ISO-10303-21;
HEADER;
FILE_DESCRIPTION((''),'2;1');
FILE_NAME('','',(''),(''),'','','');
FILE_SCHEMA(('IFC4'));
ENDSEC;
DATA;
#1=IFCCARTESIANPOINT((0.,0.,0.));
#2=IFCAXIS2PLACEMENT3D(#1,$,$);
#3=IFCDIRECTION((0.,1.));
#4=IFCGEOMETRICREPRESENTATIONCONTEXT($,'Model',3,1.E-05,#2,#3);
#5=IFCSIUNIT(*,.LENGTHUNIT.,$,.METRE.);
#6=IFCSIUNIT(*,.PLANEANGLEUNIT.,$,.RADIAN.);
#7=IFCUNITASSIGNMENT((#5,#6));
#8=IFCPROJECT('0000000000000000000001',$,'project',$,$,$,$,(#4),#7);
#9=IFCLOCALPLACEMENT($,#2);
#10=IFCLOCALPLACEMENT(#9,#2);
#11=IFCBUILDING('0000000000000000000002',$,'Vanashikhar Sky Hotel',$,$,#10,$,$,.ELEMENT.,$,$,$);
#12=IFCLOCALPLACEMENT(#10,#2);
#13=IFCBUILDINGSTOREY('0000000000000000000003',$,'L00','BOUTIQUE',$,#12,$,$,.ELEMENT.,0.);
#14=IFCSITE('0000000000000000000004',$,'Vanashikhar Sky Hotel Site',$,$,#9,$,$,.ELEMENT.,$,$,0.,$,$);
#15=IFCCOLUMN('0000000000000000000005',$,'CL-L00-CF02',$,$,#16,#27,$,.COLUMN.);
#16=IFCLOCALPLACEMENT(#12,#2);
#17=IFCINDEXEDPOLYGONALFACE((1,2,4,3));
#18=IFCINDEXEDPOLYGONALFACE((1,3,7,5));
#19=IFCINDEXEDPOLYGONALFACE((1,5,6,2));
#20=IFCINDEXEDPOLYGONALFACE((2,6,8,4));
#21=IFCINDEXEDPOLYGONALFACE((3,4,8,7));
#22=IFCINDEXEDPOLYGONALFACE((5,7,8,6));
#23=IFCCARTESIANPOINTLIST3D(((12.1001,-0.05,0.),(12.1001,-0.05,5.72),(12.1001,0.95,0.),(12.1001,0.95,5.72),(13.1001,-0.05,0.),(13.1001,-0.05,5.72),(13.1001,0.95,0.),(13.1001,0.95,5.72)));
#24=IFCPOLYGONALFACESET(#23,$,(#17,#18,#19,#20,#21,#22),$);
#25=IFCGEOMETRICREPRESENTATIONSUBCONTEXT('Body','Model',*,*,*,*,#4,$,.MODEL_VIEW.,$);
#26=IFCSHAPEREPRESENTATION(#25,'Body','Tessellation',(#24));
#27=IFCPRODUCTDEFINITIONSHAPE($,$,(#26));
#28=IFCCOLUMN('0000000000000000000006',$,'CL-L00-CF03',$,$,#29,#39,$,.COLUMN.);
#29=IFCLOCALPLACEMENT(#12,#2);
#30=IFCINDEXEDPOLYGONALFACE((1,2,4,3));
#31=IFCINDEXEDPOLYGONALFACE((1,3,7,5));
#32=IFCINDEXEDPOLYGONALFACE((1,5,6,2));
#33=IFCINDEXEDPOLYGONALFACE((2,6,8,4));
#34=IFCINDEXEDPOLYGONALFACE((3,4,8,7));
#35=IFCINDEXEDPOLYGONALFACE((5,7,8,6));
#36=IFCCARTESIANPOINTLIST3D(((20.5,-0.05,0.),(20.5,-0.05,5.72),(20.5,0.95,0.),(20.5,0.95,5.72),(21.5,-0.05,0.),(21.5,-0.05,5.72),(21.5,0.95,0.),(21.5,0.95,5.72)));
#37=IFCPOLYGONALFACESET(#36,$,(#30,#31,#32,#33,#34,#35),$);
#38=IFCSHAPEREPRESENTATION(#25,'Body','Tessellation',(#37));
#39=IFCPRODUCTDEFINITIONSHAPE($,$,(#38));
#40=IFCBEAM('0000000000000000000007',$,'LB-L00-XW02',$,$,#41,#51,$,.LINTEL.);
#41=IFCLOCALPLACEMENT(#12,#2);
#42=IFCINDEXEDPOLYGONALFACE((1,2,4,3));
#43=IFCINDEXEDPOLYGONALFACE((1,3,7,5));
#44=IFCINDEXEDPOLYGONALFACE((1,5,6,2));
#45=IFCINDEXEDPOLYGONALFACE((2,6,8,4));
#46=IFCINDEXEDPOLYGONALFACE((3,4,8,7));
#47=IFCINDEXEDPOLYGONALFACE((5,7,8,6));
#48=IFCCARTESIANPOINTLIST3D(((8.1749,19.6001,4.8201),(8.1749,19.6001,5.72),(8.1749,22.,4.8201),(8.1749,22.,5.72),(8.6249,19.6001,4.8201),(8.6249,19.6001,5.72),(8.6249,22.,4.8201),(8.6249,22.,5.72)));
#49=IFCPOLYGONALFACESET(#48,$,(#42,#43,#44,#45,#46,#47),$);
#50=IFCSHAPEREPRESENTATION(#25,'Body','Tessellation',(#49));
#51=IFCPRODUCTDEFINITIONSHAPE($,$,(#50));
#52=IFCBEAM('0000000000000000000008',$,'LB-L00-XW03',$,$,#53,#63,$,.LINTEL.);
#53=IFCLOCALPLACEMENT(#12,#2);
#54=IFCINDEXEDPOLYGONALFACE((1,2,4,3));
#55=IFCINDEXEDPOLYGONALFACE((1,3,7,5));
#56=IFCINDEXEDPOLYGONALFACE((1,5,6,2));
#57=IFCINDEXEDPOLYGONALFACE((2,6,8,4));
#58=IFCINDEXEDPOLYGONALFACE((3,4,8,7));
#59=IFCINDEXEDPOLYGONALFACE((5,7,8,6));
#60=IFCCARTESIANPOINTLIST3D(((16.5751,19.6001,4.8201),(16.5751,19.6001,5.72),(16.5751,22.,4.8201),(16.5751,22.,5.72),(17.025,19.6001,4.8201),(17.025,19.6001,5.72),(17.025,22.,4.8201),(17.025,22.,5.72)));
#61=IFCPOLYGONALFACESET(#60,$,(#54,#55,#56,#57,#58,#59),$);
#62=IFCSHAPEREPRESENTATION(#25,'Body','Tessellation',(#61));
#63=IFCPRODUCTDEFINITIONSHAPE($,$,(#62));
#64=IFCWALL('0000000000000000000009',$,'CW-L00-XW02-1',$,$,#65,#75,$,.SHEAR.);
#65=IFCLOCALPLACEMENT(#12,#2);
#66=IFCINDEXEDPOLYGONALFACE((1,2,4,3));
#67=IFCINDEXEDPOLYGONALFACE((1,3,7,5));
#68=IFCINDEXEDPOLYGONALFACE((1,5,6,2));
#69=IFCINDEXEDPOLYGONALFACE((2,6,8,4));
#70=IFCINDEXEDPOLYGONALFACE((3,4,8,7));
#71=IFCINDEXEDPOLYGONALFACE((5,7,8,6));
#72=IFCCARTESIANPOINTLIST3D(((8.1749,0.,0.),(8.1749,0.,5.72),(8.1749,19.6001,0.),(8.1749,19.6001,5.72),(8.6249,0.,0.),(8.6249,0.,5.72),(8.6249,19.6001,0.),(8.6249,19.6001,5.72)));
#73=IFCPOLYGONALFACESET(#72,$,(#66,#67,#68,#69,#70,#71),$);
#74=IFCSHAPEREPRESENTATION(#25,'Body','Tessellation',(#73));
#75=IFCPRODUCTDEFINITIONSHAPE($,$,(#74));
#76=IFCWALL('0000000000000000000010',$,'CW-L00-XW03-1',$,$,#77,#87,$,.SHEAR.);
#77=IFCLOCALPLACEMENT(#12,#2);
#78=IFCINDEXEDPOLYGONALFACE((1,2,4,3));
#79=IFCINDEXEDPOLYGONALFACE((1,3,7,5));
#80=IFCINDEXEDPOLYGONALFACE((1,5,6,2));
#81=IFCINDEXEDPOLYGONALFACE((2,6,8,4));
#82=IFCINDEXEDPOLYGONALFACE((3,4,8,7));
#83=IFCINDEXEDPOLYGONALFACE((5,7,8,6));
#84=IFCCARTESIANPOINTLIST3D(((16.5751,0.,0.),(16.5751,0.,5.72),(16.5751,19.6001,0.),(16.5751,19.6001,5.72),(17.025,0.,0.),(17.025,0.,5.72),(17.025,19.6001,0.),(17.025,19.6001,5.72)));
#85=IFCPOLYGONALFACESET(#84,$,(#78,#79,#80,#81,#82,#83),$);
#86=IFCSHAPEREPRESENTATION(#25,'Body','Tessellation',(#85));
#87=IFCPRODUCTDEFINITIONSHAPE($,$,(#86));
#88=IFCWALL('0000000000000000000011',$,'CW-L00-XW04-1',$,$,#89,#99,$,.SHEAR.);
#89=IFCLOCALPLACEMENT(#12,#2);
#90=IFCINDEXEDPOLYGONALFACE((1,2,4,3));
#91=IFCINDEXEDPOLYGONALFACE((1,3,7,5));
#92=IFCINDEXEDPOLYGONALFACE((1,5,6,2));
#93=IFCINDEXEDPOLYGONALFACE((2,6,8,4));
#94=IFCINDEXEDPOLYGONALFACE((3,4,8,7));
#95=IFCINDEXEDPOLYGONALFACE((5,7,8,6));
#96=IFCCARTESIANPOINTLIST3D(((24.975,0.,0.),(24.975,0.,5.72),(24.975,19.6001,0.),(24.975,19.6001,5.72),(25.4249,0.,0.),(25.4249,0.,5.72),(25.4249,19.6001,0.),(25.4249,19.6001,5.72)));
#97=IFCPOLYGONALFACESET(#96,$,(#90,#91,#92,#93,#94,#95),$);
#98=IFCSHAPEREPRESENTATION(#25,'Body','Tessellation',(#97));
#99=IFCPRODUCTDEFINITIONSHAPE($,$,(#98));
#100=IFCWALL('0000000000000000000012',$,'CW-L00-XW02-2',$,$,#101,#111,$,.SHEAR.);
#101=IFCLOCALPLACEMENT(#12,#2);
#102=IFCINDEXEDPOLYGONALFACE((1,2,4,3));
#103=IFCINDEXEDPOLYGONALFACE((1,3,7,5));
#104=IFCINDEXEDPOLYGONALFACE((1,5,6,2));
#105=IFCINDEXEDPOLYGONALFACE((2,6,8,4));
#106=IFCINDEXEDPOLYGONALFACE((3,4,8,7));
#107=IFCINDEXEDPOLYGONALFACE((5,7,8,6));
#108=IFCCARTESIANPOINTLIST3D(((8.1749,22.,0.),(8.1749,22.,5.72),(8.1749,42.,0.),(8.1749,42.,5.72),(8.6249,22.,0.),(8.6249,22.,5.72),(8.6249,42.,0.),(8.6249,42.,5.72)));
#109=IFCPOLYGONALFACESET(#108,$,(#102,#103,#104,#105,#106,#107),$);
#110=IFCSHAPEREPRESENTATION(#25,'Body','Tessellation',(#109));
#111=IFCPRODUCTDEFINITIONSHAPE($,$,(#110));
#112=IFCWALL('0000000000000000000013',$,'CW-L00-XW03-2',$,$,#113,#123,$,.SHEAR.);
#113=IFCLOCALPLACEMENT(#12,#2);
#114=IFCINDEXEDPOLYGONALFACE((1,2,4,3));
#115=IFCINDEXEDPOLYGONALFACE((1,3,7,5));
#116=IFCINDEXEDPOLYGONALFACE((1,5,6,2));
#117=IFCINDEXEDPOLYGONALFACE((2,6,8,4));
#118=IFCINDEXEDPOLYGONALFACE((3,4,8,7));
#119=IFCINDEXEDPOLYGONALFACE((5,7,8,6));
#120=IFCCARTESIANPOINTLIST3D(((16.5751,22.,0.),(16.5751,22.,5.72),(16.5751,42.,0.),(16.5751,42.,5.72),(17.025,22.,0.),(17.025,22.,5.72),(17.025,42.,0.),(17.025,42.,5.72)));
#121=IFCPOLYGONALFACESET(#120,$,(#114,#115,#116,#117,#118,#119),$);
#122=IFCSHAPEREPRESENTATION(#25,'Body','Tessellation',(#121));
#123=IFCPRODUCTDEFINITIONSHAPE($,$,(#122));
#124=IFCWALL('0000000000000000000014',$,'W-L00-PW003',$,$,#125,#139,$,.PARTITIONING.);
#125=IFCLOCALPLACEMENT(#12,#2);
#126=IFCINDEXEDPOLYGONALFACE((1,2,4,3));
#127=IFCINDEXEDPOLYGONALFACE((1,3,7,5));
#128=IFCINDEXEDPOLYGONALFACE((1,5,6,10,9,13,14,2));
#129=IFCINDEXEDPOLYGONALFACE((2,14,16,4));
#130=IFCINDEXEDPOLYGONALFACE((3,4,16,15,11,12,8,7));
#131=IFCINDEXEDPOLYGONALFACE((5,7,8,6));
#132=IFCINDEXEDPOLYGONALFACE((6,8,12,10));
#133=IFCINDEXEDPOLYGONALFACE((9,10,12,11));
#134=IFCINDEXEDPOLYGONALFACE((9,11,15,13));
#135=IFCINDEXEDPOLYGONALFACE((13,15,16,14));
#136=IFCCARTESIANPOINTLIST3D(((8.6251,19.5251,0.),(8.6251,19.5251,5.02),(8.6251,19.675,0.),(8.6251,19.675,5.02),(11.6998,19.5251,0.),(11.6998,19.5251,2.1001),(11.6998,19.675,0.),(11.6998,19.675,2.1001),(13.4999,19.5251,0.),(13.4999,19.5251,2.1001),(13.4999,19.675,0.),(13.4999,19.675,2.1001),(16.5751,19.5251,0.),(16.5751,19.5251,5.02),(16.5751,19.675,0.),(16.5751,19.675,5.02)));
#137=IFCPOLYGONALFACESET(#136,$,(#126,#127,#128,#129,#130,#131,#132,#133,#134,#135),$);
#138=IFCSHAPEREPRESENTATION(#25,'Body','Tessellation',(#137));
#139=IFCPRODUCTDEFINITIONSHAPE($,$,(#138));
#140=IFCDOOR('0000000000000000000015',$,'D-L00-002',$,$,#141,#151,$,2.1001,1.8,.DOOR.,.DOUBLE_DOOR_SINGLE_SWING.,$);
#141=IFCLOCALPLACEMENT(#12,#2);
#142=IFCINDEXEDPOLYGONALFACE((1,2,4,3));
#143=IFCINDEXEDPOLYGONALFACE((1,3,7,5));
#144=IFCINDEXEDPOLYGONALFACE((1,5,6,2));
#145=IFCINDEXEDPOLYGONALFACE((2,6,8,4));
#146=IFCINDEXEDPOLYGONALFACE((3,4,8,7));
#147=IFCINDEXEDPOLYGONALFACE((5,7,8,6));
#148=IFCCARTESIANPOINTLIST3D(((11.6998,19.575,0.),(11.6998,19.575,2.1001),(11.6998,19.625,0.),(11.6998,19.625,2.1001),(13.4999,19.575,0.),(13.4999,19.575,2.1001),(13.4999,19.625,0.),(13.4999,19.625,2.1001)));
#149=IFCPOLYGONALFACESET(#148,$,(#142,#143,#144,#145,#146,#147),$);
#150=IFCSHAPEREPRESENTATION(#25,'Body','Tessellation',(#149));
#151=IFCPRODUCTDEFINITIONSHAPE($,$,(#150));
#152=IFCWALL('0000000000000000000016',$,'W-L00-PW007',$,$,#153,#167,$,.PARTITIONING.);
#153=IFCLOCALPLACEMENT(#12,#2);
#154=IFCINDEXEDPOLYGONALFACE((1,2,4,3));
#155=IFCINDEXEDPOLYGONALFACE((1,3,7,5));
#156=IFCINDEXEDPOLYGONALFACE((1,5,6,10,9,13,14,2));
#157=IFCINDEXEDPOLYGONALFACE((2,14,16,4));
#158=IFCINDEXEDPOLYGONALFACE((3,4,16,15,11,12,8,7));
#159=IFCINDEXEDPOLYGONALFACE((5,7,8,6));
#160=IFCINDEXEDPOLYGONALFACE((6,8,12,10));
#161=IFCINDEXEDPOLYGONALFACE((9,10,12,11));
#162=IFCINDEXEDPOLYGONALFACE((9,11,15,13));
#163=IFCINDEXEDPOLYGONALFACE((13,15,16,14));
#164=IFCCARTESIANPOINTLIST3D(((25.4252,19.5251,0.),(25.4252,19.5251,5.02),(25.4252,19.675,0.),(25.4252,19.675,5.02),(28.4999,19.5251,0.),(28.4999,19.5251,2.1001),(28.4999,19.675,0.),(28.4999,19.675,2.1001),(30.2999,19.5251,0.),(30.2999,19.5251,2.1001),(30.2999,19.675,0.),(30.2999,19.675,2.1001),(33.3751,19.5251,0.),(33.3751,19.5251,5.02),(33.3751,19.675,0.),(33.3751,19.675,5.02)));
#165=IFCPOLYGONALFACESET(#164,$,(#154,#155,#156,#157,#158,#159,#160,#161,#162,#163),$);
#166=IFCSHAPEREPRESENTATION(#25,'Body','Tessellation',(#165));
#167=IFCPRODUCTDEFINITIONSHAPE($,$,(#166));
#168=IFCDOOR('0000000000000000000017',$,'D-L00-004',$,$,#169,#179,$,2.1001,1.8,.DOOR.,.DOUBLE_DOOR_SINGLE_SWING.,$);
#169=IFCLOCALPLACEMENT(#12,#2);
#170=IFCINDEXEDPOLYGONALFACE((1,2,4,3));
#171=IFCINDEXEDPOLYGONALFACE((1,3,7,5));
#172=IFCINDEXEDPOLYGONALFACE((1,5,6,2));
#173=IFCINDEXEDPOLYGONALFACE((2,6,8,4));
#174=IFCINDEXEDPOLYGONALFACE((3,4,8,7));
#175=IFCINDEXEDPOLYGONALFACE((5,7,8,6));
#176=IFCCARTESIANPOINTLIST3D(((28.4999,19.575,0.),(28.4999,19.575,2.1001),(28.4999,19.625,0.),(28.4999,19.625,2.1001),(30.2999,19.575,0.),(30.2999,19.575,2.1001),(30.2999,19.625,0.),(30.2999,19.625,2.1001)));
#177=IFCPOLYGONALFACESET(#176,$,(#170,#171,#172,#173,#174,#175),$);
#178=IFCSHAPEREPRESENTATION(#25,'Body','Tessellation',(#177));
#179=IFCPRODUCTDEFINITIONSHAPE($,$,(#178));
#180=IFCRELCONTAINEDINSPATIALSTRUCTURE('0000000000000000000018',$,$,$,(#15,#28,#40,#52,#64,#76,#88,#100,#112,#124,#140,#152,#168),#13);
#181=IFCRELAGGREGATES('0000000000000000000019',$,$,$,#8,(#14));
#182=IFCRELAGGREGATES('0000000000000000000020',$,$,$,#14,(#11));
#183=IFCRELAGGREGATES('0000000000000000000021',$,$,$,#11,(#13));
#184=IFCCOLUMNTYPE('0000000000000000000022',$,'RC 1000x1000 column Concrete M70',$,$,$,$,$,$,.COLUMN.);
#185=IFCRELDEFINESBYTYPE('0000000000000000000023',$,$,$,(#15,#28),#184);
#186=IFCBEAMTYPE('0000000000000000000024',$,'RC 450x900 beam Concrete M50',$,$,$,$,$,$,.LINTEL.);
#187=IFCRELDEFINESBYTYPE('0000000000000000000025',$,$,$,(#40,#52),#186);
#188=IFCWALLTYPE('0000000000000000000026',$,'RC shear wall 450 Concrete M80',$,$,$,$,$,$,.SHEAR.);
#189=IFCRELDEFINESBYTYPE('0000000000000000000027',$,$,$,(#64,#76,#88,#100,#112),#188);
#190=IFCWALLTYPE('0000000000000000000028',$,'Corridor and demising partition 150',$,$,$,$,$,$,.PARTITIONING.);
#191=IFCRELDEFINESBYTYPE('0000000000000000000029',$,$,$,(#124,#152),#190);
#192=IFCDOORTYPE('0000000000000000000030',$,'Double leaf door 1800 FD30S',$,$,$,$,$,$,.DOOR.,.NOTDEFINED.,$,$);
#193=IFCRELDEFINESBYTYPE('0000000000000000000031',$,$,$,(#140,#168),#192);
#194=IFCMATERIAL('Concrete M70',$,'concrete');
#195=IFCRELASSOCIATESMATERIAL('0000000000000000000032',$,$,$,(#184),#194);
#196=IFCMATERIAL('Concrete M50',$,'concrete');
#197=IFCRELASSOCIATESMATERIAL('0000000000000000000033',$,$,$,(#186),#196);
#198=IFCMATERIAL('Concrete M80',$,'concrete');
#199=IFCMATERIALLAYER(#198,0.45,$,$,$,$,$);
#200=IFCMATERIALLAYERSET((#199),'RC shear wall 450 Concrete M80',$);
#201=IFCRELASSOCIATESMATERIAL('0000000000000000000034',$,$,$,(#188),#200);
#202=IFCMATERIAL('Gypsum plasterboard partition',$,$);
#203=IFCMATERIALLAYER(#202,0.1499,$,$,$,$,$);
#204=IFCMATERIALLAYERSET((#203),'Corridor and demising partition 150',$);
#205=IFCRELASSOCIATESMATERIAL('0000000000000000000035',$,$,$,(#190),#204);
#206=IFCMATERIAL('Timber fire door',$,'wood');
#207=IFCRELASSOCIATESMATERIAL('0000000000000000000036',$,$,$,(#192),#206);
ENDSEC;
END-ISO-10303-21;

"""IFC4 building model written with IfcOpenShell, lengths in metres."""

from ifc_helpers import new_model, si_unit, direction, frame, frame_2d, origin, origin_2d, place, context, subcontext, project, spatial, rectangle, extrude, source, transform, mapped, material, layer, layer_set, material_profile, profile_set, type_object, element, fill, save


model = new_model("IFC4")

# Units and contexts
model_context = context("Model", 3, precision=1e-05, world=origin(), true_north=direction((0.0, 1.0)))
body_context = subcontext(model_context, "Body", "Model", "MODEL_VIEW")
ifc_project = project(units=[si_unit("LENGTHUNIT", "METRE"), si_unit("PLANEANGLEUNIT", "RADIAN")], contexts=[model_context])

# Site, building, storey
site_placement = place(None, origin())
site = spatial("IfcSite", under=ifc_project, at=site_placement, Name="Vanashikhar Sky Hotel Site", CompositionType="ELEMENT", RefElevation=0.0)
building_placement = place(site_placement, origin())
building = spatial("IfcBuilding", under=site, at=building_placement, Name="Vanashikhar Sky Hotel", CompositionType="ELEMENT")
storey_placement = place(building_placement, origin())
storey = spatial("IfcBuildingStorey", under=building, at=storey_placement, Name="L00", Description="BOUTIQUE", CompositionType="ELEMENT", Elevation=0.0)

# Columns
ifc_material_1 = material(Name="Concrete M70", Category="concrete")
ifc_material_profile_1 = material_profile(ifc_material_1, rectangle(XDim=1.0, YDim=1.0, at=origin_2d()))
ifc_profile_set_1 = profile_set([ifc_material_profile_1], Name="RC 1000x1000 column Concrete M70")
column_type = type_object("IfcColumnType", Name="RC 1000x1000 column Concrete M70", PredefinedType="COLUMN", material=ifc_profile_set_1)
shared_shape_1 = source(origin(), body_context, "Body", "SweptSolid", [
    extrude(rectangle(XDim=1.0, YDim=1.0, at=origin_2d()), origin(), (0.0, 0.0, 1.0), 5.72),
])
for number, where, z_axis, x_axis, name in (
    (1, (12.6001, 0.45, 0.0), (0.0, 0.0, 1.0), (1.0, 0.0, 0.0), "CL-L00-CF02"),
    (2, (21.0, 0.45, 0.0), (0.0, 0.0, 1.0), (1.0, 0.0, 0.0), "CL-L00-CF03"),
):
    element("IfcColumn", number, at=place(storey_placement, frame(where, z_axis=z_axis, x_axis=x_axis)), inside=storey, type_object=column_type, Name=name, PredefinedType="COLUMN", context=body_context, shape_type="MappedRepresentation", body=[
        mapped(shared_shape_1, transform((0.0, 0.0, 0.0), scale=1.0)),
    ])

# Beams
ifc_material_2 = material(Name="Concrete M50", Category="concrete")
ifc_material_profile_2 = material_profile(ifc_material_2, rectangle(XDim=0.45, YDim=0.8999, at=origin_2d()))
ifc_profile_set_2 = profile_set([ifc_material_profile_2], Name="RC 450x900 beam Concrete M50")
beam_type = type_object("IfcBeamType", Name="RC 450x900 beam Concrete M50", PredefinedType="LINTEL", material=ifc_profile_set_2)
shared_shape_2 = source(origin(), body_context, "Body", "SweptSolid", [
    extrude(rectangle(XDim=0.45, YDim=0.8999, at=origin_2d()), origin(), (0.0, 0.0, 1.0), 2.3999),
])
for number, where, z_axis, x_axis, name in (
    (3, (8.3999, 19.6001, 5.27), (0.0, 1.0, 0.0), (-1.0, 0.0, 0.0), "LB-L00-XW02"),
    (4, (16.8, 19.6001, 5.27), (0.0, 1.0, 0.0), (-1.0, 0.0, 0.0), "LB-L00-XW03"),
):
    element("IfcBeam", number, at=place(storey_placement, frame(where, z_axis=z_axis, x_axis=x_axis)), inside=storey, type_object=beam_type, Name=name, PredefinedType="LINTEL", context=body_context, shape_type="MappedRepresentation", body=[
        mapped(shared_shape_2, transform((0.0, 0.0, 0.0), scale=1.0)),
    ])

# Walls
ifc_material_3 = material(Name="Concrete M80", Category="concrete")
ifc_layer_1 = layer(ifc_material_3, 0.45)
ifc_layer_set_1 = layer_set([ifc_layer_1], Name="RC shear wall 450 Concrete M80")
wall_type_1 = type_object("IfcWallType", Name="RC shear wall 450 Concrete M80", PredefinedType="SHEAR", material=ifc_layer_set_1)
shared_shape_3 = source(origin(), body_context, "Body", "SweptSolid", [
    extrude(rectangle(XDim=19.6001, YDim=0.45, at=frame_2d((9.8, 0.0))), origin(), (0.0, 0.0, 1.0), 5.72),
])
for number, where, z_axis, x_axis, name in (
    (5, (8.3999, 0.0, 0.0), (0.0, 0.0, 1.0), (0.0, 1.0, 0.0), "CW-L00-XW02-1"),
    (6, (16.8, 0.0, 0.0), (0.0, 0.0, 1.0), (0.0, 1.0, 0.0), "CW-L00-XW03-1"),
    (7, (25.2, 0.0, 0.0), (0.0, 0.0, 1.0), (0.0, 1.0, 0.0), "CW-L00-XW04-1"),
):
    element("IfcWall", number, at=place(storey_placement, frame(where, z_axis=z_axis, x_axis=x_axis)), inside=storey, type_object=wall_type_1, Name=name, PredefinedType="SHEAR", context=body_context, shape_type="MappedRepresentation", body=[
        mapped(shared_shape_3, transform((0.0, 0.0, 0.0), scale=1.0)),
    ])
shared_shape_4 = source(origin(), body_context, "Body", "SweptSolid", [
    extrude(rectangle(XDim=20.0, YDim=0.45, at=frame_2d((10.0, 0.0))), origin(), (0.0, 0.0, 1.0), 5.72),
])
for number, where, z_axis, x_axis, name in (
    (8, (8.3999, 22.0, 0.0), (0.0, 0.0, 1.0), (0.0, 1.0, 0.0), "CW-L00-XW02-2"),
    (9, (16.8, 22.0, 0.0), (0.0, 0.0, 1.0), (0.0, 1.0, 0.0), "CW-L00-XW03-2"),
):
    element("IfcWall", number, at=place(storey_placement, frame(where, z_axis=z_axis, x_axis=x_axis)), inside=storey, type_object=wall_type_1, Name=name, PredefinedType="SHEAR", context=body_context, shape_type="MappedRepresentation", body=[
        mapped(shared_shape_4, transform((0.0, 0.0, 0.0), scale=1.0)),
    ])

# Walls, openings, doors
ifc_material_4 = material(Name="Gypsum plasterboard partition")
ifc_layer_2 = layer(ifc_material_4, 0.1499)
ifc_layer_set_2 = layer_set([ifc_layer_2], Name="Corridor and demising partition 150")
wall_type_2 = type_object("IfcWallType", Name="Corridor and demising partition 150", PredefinedType="PARTITIONING", material=ifc_layer_set_2)
shared_shape_5 = source(origin(), body_context, "Body", "SweptSolid", [
    extrude(rectangle(XDim=7.95, YDim=0.1499, at=frame_2d((3.9751, 0.0))), origin(), (0.0, 0.0, 1.0), 5.02),
])
wall_1_placement = place(storey_placement, frame((8.625, 19.6001, 0.0), z_axis=(0.0, 0.0, 1.0), x_axis=(1.0, 0.0, 0.0)))
wall_1 = element("IfcWall", 10, at=wall_1_placement, inside=storey, type_object=wall_type_2, Name="W-L00-PW003", PredefinedType="PARTITIONING", context=body_context, shape_type="MappedRepresentation", body=[
    mapped(shared_shape_5, transform((0.0, 0.0, 0.0), scale=1.0)),
])
shared_shape_6 = source(origin(), body_context, "Body", "SweptSolid", [
    extrude(rectangle(XDim=1.8, YDim=2.1001, at=frame_2d((0.8999, 1.05))), frame((0.0, 0.085, 0.0), z_axis=(0.0, -1.0, 0.0), x_axis=(1.0, 0.0, 0.0)), (0.0, 0.0, 1.0), 0.1699),
])
opening_1_placement = place(wall_1_placement, frame((3.075, 0.0, 0.0)))
opening_1 = element("IfcOpeningElement", 11, at=opening_1_placement, cuts=wall_1, PredefinedType="OPENING", context=body_context, shape_type="MappedRepresentation", body=[
    mapped(shared_shape_6, transform((0.0, 0.0, 0.0), scale=1.0)),
])
ifc_material_5 = material(Name="Timber fire door", Category="wood")
door_type = type_object("IfcDoorType", Name="Double leaf door 1800 FD30S", OperationType="NOTDEFINED", PredefinedType="DOOR", material=ifc_material_5)
shared_shape_7 = source(origin(), body_context, "Body", "SweptSolid", [
    extrude(rectangle(XDim=1.8, YDim=2.1001, at=frame_2d((0.8999, 1.05))), frame((0.0, 0.0249, 0.0), z_axis=(0.0, -1.0, 0.0), x_axis=(1.0, 0.0, 0.0)), (0.0, 0.0, 1.0), 0.05),
])
door_1_placement = place(opening_1_placement, origin())
door_1 = element("IfcDoor", 12, at=door_1_placement, inside=storey, type_object=door_type, Name="D-L00-002", OperationType="DOUBLE_DOOR_SINGLE_SWING", OverallHeight=2.1001, OverallWidth=1.8, PredefinedType="DOOR", context=body_context, shape_type="MappedRepresentation", body=[
    mapped(shared_shape_7, transform((0.0, 0.0, 0.0), scale=1.0)),
])
fill(opening_1, door_1)
wall_2_placement = place(storey_placement, frame((25.425, 19.6001, 0.0), z_axis=(0.0, 0.0, 1.0), x_axis=(1.0, 0.0, 0.0)))
wall_2 = element("IfcWall", 13, at=wall_2_placement, inside=storey, type_object=wall_type_2, Name="W-L00-PW007", PredefinedType="PARTITIONING", context=body_context, shape_type="MappedRepresentation", body=[
    mapped(shared_shape_5, transform((0.0, 0.0, 0.0), scale=1.0)),
])
opening_2_placement = place(wall_2_placement, frame((3.075, 0.0, 0.0)))
opening_2 = element("IfcOpeningElement", 14, at=opening_2_placement, cuts=wall_2, PredefinedType="OPENING", context=body_context, shape_type="MappedRepresentation", body=[
    mapped(shared_shape_6, transform((0.0, 0.0, 0.0), scale=1.0)),
])
door_2_placement = place(opening_2_placement, origin())
door_2 = element("IfcDoor", 15, at=door_2_placement, inside=storey, type_object=door_type, Name="D-L00-004", OperationType="DOUBLE_DOOR_SINGLE_SWING", OverallHeight=2.1001, OverallWidth=1.8, PredefinedType="DOOR", context=body_context, shape_type="MappedRepresentation", body=[
    mapped(shared_shape_7, transform((0.0, 0.0, 0.0), scale=1.0)),
])
fill(opening_2, door_2)

save(model, "model.ifc")
